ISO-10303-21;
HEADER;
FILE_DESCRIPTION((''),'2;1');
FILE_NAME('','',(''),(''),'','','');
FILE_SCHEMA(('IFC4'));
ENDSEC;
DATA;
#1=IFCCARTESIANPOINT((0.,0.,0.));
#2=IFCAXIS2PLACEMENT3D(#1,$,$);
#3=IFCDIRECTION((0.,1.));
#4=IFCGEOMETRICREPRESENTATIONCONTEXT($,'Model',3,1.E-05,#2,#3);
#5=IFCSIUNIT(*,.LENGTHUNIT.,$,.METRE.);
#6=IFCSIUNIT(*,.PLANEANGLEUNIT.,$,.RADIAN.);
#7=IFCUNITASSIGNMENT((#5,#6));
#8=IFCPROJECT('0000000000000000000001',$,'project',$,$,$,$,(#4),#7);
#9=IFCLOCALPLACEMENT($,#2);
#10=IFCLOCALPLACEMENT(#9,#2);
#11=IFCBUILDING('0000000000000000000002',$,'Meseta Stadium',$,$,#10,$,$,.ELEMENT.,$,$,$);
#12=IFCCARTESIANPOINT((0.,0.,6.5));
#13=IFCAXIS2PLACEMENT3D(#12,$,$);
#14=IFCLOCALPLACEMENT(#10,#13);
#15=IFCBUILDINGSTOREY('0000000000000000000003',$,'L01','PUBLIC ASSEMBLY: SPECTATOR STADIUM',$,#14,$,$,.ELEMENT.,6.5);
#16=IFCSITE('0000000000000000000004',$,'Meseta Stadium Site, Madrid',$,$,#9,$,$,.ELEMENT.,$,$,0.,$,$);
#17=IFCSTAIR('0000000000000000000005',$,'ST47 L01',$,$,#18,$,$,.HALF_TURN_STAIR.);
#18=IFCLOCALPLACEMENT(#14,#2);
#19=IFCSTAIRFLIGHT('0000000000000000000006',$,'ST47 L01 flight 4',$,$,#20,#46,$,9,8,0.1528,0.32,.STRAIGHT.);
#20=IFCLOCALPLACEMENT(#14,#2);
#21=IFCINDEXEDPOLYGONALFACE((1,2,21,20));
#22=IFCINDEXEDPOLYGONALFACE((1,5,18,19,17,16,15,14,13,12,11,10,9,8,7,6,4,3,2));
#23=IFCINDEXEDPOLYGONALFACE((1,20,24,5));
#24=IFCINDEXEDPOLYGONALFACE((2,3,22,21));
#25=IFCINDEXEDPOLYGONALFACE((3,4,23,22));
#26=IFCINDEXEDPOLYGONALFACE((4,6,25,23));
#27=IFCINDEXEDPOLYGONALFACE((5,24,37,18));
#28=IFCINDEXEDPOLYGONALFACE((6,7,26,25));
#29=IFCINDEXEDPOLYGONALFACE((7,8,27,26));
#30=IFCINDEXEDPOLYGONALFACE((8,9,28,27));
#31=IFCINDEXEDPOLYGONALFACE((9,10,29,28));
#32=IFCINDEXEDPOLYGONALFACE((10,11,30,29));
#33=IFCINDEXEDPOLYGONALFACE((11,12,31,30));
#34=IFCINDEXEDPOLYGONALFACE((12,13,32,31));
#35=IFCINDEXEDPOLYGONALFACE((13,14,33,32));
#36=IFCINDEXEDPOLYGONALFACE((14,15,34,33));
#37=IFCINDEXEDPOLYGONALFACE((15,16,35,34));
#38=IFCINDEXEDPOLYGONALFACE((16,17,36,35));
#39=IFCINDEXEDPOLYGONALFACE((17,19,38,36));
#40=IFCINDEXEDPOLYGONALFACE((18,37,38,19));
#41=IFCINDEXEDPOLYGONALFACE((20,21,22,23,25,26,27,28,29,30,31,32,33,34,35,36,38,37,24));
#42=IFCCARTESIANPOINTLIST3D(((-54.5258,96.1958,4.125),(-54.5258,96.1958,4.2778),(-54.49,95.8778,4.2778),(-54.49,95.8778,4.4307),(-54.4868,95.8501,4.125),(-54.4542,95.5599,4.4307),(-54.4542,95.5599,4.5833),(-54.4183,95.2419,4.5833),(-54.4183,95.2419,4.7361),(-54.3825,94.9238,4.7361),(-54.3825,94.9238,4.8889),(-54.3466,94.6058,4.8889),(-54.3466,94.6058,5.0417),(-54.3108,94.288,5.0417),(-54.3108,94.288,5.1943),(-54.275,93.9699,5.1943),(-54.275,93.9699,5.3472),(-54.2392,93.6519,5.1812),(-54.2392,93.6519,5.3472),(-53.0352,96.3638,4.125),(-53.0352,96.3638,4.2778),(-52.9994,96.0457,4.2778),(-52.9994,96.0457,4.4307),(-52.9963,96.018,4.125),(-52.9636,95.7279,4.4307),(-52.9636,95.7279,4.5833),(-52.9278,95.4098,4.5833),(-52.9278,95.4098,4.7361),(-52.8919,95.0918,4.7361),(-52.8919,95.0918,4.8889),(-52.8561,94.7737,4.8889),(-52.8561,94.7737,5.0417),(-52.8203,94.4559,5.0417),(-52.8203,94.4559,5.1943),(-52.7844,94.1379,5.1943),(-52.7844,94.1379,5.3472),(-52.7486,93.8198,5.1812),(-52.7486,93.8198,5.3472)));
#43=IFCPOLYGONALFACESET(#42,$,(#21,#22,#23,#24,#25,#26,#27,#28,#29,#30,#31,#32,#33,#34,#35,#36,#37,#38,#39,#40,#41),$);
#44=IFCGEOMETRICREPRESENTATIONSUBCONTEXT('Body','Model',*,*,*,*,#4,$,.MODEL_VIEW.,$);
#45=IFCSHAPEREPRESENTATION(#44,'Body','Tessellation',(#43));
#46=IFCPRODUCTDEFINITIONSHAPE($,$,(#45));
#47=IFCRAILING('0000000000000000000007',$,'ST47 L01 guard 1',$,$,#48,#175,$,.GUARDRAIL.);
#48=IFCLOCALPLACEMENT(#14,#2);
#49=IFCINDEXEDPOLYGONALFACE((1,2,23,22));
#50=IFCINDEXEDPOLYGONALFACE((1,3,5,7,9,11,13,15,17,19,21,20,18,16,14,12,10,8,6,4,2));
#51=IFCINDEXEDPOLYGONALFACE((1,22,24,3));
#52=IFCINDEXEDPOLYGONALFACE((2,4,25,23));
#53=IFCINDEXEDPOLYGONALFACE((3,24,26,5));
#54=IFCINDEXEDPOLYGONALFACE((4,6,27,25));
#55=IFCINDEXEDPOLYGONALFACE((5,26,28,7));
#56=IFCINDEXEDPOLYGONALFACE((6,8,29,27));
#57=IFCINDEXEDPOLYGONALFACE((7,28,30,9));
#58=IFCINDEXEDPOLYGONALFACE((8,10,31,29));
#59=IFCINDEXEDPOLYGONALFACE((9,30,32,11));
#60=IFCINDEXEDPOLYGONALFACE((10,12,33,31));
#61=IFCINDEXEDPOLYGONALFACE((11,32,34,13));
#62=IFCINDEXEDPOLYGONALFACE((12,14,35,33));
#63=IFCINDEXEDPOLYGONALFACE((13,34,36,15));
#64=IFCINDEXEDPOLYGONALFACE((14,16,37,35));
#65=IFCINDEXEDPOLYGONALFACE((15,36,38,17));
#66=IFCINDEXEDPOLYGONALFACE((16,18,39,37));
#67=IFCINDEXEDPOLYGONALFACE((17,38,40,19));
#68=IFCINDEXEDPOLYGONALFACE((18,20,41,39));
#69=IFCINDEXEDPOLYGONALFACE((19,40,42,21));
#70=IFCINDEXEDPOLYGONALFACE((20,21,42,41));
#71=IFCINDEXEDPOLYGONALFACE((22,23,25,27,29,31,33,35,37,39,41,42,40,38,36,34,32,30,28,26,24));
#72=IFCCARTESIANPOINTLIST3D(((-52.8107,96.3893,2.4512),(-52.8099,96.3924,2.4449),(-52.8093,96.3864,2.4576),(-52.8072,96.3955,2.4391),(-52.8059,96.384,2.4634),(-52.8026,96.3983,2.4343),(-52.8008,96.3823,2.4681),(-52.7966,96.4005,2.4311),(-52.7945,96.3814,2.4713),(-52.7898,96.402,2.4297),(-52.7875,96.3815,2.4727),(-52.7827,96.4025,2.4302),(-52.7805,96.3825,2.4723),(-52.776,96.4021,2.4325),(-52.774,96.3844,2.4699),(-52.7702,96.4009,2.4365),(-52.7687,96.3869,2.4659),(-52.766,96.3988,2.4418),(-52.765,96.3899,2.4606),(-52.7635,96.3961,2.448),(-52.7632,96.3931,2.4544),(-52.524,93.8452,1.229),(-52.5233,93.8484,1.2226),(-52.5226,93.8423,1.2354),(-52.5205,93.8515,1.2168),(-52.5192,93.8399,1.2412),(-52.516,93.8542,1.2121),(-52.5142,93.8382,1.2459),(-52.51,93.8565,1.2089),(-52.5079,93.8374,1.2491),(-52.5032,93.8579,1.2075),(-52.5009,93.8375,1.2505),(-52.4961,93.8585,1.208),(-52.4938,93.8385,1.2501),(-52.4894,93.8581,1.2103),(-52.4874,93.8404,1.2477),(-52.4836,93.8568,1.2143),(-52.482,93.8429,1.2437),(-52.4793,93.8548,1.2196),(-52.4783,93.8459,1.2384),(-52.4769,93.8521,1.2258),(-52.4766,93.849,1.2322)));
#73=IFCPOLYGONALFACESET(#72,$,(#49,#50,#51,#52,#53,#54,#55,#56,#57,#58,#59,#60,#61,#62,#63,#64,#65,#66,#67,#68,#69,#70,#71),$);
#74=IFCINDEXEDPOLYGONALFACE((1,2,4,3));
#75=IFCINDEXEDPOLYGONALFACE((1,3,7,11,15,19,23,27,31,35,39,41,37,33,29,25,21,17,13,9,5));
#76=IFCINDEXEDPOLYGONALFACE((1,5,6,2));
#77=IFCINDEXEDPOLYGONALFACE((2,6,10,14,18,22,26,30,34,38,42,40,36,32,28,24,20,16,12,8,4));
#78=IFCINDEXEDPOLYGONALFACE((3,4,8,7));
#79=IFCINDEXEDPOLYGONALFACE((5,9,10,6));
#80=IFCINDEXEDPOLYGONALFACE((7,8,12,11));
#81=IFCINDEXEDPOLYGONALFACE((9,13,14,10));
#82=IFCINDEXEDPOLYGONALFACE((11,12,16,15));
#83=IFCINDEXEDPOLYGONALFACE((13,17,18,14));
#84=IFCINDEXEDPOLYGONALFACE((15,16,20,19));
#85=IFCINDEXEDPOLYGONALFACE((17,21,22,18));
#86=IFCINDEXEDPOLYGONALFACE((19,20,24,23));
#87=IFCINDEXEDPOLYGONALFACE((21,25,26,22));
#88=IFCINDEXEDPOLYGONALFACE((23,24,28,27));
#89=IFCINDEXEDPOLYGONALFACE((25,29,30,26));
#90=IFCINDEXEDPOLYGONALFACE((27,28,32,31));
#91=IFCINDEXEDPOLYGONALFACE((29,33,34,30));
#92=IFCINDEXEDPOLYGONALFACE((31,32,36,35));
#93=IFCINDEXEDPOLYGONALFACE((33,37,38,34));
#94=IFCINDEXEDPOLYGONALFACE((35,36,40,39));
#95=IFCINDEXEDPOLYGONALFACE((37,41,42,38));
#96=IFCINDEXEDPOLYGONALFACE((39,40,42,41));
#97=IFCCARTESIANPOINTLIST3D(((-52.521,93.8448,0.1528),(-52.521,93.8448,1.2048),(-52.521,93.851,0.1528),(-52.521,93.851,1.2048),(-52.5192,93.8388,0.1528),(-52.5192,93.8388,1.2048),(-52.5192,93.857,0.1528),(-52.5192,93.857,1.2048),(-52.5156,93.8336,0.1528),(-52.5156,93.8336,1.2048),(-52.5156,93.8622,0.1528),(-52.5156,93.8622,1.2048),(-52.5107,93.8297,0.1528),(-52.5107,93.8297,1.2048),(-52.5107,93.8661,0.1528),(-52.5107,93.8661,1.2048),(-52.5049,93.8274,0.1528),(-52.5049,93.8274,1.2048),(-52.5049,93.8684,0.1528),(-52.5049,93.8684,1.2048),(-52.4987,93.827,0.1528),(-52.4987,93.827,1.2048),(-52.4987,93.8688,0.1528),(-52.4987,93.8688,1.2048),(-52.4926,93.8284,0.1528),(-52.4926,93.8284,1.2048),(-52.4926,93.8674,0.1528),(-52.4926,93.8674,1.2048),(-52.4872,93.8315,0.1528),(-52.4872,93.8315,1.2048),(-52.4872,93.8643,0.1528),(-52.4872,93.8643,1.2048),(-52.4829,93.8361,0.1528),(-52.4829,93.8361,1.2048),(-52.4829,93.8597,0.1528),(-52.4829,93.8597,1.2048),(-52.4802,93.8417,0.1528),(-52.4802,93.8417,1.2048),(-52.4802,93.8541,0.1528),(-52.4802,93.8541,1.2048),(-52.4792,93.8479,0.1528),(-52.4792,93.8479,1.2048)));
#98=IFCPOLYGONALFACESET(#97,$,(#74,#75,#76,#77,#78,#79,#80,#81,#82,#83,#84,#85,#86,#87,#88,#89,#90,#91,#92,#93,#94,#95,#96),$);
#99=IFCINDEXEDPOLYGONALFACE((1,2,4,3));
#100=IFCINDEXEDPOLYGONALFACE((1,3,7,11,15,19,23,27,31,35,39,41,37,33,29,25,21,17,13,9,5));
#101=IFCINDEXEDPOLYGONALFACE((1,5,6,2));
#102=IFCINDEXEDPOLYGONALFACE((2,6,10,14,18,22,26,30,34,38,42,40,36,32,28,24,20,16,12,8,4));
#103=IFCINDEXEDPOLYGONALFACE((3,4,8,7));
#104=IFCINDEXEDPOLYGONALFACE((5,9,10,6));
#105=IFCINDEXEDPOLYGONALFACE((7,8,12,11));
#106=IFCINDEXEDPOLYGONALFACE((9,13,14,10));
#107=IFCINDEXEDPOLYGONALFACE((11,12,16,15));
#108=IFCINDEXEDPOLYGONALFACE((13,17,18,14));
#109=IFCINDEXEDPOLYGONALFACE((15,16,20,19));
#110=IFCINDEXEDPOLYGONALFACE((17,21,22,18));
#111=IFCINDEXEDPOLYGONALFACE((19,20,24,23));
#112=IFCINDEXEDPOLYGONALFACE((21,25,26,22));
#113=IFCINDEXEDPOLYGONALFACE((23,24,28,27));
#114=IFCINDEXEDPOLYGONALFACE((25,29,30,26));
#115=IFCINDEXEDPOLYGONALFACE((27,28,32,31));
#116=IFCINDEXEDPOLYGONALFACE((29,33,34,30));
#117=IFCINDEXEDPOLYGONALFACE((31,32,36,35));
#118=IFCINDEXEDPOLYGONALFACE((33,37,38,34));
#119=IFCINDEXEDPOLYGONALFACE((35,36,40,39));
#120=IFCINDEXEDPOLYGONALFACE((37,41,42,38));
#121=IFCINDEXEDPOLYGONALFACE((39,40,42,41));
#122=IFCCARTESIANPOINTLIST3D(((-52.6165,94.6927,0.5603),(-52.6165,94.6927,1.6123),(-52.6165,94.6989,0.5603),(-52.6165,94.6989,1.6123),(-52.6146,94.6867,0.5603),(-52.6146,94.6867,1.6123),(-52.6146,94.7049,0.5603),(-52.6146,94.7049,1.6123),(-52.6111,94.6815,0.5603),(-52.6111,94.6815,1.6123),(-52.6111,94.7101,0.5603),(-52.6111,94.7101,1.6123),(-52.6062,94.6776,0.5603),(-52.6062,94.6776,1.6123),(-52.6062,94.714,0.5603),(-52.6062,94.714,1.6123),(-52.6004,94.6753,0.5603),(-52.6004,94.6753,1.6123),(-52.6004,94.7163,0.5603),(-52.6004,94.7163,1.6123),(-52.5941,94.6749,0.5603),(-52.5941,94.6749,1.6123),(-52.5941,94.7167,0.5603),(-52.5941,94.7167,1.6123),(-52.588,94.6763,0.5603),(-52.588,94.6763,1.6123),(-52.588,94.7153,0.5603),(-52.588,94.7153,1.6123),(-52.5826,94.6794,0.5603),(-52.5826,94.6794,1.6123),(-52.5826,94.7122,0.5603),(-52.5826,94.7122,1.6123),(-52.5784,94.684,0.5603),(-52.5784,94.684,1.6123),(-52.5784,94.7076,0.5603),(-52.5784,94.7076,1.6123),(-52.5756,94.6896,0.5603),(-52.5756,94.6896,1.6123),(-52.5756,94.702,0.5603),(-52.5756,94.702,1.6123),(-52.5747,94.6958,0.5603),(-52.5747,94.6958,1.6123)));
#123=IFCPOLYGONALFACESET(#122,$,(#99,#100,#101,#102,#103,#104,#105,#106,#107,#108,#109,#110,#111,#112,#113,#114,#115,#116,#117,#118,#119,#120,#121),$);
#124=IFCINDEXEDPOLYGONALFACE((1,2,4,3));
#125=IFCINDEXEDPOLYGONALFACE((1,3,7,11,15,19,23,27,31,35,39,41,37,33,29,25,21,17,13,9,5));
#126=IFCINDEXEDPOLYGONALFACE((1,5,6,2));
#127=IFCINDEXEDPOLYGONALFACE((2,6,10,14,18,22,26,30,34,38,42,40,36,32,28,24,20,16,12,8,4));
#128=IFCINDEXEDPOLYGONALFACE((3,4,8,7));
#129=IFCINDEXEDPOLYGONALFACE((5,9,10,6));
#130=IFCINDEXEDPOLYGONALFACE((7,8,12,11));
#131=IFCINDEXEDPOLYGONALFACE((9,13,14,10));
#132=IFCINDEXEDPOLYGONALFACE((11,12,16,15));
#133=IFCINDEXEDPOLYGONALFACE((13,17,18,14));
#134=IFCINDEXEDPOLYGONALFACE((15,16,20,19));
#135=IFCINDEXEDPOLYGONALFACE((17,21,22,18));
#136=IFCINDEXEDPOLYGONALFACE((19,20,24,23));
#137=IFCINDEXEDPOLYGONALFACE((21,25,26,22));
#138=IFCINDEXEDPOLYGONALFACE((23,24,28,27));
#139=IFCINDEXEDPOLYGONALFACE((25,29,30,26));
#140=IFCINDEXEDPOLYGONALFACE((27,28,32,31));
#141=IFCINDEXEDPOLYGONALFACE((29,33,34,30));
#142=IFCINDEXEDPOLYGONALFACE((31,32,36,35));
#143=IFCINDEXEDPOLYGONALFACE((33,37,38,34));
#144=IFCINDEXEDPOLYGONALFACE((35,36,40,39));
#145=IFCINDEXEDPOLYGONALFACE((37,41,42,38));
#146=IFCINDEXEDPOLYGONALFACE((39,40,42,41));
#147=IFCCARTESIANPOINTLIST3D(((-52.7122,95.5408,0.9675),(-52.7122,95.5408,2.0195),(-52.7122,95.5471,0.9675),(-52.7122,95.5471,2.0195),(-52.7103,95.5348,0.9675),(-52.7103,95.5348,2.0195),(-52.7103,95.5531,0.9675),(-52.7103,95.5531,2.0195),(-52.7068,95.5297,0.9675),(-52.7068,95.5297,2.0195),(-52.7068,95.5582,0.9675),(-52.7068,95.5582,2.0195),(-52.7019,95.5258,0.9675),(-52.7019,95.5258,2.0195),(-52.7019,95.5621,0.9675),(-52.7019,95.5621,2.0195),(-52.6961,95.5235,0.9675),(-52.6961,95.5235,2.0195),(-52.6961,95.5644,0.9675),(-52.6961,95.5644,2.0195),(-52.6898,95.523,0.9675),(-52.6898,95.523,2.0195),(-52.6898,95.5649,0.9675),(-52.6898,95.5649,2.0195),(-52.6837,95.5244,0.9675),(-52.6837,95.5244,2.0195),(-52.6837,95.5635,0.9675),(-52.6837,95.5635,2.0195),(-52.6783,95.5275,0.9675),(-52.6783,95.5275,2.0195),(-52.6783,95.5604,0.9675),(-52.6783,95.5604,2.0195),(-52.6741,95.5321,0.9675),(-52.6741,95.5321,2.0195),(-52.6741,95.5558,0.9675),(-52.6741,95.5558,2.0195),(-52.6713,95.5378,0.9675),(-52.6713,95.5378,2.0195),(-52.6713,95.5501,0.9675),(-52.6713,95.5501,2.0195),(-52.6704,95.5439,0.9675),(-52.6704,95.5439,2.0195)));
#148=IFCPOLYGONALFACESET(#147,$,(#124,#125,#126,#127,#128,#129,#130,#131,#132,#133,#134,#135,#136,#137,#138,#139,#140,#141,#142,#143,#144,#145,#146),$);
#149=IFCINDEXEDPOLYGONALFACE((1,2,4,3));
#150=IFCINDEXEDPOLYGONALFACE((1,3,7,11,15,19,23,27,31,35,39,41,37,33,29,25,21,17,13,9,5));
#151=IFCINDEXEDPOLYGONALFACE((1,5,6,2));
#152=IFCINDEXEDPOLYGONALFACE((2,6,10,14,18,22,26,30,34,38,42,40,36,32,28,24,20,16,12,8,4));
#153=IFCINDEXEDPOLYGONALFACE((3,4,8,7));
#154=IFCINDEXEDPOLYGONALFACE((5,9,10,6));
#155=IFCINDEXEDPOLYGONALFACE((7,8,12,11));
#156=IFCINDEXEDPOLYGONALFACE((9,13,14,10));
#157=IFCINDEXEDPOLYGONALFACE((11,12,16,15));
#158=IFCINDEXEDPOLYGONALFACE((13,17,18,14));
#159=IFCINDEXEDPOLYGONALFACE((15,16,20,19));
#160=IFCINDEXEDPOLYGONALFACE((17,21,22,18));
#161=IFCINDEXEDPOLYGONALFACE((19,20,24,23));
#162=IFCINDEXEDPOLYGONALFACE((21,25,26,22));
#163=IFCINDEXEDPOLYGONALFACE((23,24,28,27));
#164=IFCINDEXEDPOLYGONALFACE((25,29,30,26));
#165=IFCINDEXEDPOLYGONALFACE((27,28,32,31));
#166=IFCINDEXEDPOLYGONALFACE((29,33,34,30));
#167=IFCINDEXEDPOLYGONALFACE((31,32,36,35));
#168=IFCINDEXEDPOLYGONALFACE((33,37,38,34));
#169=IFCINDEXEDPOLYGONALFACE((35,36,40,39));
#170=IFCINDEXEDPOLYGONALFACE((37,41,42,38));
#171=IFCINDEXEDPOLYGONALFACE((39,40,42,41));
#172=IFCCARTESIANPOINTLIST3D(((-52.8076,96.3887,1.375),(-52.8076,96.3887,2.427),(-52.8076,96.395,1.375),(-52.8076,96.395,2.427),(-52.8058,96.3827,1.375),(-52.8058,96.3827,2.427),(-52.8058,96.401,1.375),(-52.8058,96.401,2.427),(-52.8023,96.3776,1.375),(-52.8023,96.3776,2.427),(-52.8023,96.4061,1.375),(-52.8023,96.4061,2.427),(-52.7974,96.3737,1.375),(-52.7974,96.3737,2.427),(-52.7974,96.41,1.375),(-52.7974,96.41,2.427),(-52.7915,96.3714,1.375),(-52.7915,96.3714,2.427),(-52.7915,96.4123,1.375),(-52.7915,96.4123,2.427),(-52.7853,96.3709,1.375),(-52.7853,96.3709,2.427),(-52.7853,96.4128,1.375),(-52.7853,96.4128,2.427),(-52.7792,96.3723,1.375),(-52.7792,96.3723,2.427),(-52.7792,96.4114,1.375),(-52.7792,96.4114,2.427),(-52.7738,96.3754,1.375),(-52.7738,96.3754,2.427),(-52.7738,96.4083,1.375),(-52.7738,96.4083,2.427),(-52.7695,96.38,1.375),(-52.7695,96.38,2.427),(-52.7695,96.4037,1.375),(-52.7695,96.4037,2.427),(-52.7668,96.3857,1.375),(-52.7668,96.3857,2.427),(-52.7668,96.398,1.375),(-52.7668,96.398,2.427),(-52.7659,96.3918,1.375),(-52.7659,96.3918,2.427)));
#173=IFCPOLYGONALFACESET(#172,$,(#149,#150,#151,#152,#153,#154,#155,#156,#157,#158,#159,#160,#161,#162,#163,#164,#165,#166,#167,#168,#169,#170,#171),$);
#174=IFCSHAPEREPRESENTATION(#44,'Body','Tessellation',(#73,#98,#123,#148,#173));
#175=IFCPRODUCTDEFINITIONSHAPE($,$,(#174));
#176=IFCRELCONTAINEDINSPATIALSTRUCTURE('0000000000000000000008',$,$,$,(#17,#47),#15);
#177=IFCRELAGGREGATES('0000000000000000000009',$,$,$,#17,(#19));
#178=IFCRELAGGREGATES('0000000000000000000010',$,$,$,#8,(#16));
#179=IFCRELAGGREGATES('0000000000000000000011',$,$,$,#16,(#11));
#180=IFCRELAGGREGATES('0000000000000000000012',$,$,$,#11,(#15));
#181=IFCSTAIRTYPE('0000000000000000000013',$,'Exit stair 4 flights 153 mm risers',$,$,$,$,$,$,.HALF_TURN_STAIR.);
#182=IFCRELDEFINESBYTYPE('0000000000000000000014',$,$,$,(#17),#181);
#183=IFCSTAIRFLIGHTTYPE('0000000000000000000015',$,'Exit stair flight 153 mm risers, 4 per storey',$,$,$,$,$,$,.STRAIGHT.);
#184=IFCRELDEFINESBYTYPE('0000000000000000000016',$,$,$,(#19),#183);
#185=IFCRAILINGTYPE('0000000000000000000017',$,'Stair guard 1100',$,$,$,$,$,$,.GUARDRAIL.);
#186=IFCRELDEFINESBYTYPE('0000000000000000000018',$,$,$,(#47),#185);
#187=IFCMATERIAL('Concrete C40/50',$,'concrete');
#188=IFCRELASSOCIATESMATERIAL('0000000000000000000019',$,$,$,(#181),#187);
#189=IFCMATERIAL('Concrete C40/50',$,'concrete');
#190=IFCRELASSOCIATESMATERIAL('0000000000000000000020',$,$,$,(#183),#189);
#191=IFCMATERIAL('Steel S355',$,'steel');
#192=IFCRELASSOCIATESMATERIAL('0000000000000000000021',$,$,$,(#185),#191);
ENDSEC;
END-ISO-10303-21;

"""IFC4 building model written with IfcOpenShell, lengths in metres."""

from ifc_helpers import new_model, si_unit, direction, frame, origin, origin_2d, place, context, subcontext, project, spatial, polyline, circle, outline, extrude, material, type_object, element, aggregate, save


model = new_model("IFC4")

# Units and contexts
model_context = context("Model", 3, precision=1e-05, world=origin(), true_north=direction((0.0, 1.0)))
body_context = subcontext(model_context, "Body", "Model", "MODEL_VIEW")
ifc_project = project(units=[si_unit("LENGTHUNIT", "METRE"), si_unit("PLANEANGLEUNIT", "RADIAN")], contexts=[model_context])

# Site, building, storey
site_placement = place(None, origin())
site = spatial("IfcSite", under=ifc_project, at=site_placement, Name="Meseta Stadium Site, Madrid", CompositionType="ELEMENT", RefElevation=0.0)
building_placement = place(site_placement, origin())
building = spatial("IfcBuilding", under=site, at=building_placement, Name="Meseta Stadium", CompositionType="ELEMENT")
storey_placement = place(building_placement, frame((0.0, 0.0, 6.5)))
storey = spatial("IfcBuildingStorey", under=building, at=storey_placement, Name="L01", Description="PUBLIC ASSEMBLY: SPECTATOR STADIUM", CompositionType="ELEMENT", Elevation=6.5)

# Shared definitions
ifc_material_1 = material(Name="Concrete C40/50", Category="concrete")
stair_type = type_object("IfcStairType", Name="Exit stair 4 flights 153 mm risers", PredefinedType="HALF_TURN_STAIR", material=ifc_material_1)
ifc_material_2 = material(Name="Concrete C40/50", Category="concrete")
stair_flight_type = type_object("IfcStairFlightType", Name="Exit stair flight 153 mm risers, 4 per storey", PredefinedType="STRAIGHT", material=ifc_material_2)

# Stair, stair flight
stair_1_placement = place(storey_placement, origin())
stair_1 = element("IfcStair", 1, at=stair_1_placement, inside=storey, type_object=stair_type, Name="ST47 L01", PredefinedType="HALF_TURN_STAIR")
stair_flight_1_placement = place(storey_placement, frame((-53.7805, 96.2798, 4.125), z_axis=(0.0, 0.0, 1.0), x_axis=(0.111964, -0.993712, 0.0)))
stair_flight_1 = element("IfcStairFlight", 2, at=stair_flight_1_placement, type_object=stair_flight_type, Name="ST47 L01 flight 4", NumberOfRisers=9, NumberOfTreads=8, PredefinedType="STRAIGHT", RiserHeight=0.1528, TreadLength=0.32, context=body_context, shape_type="SweptSolid", body=[
    extrude(outline(polyline([(0.0, 0.0), (0.0, 0.1528), (0.3201, 0.1528), (0.3201, 0.3057), (0.6399, 0.3057), (0.6399, 0.4583), (0.96, 0.4583), (0.96, 0.6111), (1.28, 0.6111), (1.28, 0.7639), (1.6001, 0.7639), (1.6001, 0.9167), (1.9199, 0.9167), (1.9199, 1.0693), (2.24, 1.0693), (2.24, 1.2222), (2.5601, 1.2222), (2.5601, 1.0562), (0.3479, 0.0), (0.0, 0.0)])), frame((0.0, 0.75, 0.0), z_axis=(0.0, -1.0, 0.0), x_axis=(1.0, 0.0, 0.0)), (0.0, 0.0, 1.0), 1.5),
])
aggregate(stair_1, [stair_flight_1])

# Railing
ifc_material_3 = material(Name="Steel S355", Category="steel")
railing_type_1 = type_object("IfcRailingType", Name="Stair guard 1100", PredefinedType="GUARDRAIL", material=ifc_material_3)
railing_1_placement = place(storey_placement, frame((-52.5002, 93.8479, 0.1528)))
element("IfcRailing", 3, at=railing_1_placement, inside=storey, type_object=railing_type_1, Name="ST47 L01 guard 1", PredefinedType="GUARDRAIL", context=body_context, shape_type="SweptSolid", body=[
    extrude(circle(Radius=0.0239, at=origin_2d()), frame((0.0, 0.0, 1.0762), z_axis=(-0.101036, 0.896762, 0.430824), x_axis=(-0.993713, -0.11196, 0.0)), (0.0, 0.0, 1.0), 2.8369),
    extrude(circle(Radius=0.021, at=origin_2d()), origin(), (0.0, 0.0, 1.0), 1.052),
    extrude(circle(Radius=0.021, at=origin_2d()), frame((-0.0955, 0.8479, 0.4075)), (0.0, 0.0, 1.0), 1.052),
    extrude(circle(Radius=0.021, at=origin_2d()), frame((-0.1912, 1.696, 0.8147)), (0.0, 0.0, 1.0), 1.052),
    extrude(circle(Radius=0.021, at=origin_2d()), frame((-0.2866, 2.5439, 1.2222)), (0.0, 0.0, 1.0), 1.052),
])

save(model, "model.ifc")
